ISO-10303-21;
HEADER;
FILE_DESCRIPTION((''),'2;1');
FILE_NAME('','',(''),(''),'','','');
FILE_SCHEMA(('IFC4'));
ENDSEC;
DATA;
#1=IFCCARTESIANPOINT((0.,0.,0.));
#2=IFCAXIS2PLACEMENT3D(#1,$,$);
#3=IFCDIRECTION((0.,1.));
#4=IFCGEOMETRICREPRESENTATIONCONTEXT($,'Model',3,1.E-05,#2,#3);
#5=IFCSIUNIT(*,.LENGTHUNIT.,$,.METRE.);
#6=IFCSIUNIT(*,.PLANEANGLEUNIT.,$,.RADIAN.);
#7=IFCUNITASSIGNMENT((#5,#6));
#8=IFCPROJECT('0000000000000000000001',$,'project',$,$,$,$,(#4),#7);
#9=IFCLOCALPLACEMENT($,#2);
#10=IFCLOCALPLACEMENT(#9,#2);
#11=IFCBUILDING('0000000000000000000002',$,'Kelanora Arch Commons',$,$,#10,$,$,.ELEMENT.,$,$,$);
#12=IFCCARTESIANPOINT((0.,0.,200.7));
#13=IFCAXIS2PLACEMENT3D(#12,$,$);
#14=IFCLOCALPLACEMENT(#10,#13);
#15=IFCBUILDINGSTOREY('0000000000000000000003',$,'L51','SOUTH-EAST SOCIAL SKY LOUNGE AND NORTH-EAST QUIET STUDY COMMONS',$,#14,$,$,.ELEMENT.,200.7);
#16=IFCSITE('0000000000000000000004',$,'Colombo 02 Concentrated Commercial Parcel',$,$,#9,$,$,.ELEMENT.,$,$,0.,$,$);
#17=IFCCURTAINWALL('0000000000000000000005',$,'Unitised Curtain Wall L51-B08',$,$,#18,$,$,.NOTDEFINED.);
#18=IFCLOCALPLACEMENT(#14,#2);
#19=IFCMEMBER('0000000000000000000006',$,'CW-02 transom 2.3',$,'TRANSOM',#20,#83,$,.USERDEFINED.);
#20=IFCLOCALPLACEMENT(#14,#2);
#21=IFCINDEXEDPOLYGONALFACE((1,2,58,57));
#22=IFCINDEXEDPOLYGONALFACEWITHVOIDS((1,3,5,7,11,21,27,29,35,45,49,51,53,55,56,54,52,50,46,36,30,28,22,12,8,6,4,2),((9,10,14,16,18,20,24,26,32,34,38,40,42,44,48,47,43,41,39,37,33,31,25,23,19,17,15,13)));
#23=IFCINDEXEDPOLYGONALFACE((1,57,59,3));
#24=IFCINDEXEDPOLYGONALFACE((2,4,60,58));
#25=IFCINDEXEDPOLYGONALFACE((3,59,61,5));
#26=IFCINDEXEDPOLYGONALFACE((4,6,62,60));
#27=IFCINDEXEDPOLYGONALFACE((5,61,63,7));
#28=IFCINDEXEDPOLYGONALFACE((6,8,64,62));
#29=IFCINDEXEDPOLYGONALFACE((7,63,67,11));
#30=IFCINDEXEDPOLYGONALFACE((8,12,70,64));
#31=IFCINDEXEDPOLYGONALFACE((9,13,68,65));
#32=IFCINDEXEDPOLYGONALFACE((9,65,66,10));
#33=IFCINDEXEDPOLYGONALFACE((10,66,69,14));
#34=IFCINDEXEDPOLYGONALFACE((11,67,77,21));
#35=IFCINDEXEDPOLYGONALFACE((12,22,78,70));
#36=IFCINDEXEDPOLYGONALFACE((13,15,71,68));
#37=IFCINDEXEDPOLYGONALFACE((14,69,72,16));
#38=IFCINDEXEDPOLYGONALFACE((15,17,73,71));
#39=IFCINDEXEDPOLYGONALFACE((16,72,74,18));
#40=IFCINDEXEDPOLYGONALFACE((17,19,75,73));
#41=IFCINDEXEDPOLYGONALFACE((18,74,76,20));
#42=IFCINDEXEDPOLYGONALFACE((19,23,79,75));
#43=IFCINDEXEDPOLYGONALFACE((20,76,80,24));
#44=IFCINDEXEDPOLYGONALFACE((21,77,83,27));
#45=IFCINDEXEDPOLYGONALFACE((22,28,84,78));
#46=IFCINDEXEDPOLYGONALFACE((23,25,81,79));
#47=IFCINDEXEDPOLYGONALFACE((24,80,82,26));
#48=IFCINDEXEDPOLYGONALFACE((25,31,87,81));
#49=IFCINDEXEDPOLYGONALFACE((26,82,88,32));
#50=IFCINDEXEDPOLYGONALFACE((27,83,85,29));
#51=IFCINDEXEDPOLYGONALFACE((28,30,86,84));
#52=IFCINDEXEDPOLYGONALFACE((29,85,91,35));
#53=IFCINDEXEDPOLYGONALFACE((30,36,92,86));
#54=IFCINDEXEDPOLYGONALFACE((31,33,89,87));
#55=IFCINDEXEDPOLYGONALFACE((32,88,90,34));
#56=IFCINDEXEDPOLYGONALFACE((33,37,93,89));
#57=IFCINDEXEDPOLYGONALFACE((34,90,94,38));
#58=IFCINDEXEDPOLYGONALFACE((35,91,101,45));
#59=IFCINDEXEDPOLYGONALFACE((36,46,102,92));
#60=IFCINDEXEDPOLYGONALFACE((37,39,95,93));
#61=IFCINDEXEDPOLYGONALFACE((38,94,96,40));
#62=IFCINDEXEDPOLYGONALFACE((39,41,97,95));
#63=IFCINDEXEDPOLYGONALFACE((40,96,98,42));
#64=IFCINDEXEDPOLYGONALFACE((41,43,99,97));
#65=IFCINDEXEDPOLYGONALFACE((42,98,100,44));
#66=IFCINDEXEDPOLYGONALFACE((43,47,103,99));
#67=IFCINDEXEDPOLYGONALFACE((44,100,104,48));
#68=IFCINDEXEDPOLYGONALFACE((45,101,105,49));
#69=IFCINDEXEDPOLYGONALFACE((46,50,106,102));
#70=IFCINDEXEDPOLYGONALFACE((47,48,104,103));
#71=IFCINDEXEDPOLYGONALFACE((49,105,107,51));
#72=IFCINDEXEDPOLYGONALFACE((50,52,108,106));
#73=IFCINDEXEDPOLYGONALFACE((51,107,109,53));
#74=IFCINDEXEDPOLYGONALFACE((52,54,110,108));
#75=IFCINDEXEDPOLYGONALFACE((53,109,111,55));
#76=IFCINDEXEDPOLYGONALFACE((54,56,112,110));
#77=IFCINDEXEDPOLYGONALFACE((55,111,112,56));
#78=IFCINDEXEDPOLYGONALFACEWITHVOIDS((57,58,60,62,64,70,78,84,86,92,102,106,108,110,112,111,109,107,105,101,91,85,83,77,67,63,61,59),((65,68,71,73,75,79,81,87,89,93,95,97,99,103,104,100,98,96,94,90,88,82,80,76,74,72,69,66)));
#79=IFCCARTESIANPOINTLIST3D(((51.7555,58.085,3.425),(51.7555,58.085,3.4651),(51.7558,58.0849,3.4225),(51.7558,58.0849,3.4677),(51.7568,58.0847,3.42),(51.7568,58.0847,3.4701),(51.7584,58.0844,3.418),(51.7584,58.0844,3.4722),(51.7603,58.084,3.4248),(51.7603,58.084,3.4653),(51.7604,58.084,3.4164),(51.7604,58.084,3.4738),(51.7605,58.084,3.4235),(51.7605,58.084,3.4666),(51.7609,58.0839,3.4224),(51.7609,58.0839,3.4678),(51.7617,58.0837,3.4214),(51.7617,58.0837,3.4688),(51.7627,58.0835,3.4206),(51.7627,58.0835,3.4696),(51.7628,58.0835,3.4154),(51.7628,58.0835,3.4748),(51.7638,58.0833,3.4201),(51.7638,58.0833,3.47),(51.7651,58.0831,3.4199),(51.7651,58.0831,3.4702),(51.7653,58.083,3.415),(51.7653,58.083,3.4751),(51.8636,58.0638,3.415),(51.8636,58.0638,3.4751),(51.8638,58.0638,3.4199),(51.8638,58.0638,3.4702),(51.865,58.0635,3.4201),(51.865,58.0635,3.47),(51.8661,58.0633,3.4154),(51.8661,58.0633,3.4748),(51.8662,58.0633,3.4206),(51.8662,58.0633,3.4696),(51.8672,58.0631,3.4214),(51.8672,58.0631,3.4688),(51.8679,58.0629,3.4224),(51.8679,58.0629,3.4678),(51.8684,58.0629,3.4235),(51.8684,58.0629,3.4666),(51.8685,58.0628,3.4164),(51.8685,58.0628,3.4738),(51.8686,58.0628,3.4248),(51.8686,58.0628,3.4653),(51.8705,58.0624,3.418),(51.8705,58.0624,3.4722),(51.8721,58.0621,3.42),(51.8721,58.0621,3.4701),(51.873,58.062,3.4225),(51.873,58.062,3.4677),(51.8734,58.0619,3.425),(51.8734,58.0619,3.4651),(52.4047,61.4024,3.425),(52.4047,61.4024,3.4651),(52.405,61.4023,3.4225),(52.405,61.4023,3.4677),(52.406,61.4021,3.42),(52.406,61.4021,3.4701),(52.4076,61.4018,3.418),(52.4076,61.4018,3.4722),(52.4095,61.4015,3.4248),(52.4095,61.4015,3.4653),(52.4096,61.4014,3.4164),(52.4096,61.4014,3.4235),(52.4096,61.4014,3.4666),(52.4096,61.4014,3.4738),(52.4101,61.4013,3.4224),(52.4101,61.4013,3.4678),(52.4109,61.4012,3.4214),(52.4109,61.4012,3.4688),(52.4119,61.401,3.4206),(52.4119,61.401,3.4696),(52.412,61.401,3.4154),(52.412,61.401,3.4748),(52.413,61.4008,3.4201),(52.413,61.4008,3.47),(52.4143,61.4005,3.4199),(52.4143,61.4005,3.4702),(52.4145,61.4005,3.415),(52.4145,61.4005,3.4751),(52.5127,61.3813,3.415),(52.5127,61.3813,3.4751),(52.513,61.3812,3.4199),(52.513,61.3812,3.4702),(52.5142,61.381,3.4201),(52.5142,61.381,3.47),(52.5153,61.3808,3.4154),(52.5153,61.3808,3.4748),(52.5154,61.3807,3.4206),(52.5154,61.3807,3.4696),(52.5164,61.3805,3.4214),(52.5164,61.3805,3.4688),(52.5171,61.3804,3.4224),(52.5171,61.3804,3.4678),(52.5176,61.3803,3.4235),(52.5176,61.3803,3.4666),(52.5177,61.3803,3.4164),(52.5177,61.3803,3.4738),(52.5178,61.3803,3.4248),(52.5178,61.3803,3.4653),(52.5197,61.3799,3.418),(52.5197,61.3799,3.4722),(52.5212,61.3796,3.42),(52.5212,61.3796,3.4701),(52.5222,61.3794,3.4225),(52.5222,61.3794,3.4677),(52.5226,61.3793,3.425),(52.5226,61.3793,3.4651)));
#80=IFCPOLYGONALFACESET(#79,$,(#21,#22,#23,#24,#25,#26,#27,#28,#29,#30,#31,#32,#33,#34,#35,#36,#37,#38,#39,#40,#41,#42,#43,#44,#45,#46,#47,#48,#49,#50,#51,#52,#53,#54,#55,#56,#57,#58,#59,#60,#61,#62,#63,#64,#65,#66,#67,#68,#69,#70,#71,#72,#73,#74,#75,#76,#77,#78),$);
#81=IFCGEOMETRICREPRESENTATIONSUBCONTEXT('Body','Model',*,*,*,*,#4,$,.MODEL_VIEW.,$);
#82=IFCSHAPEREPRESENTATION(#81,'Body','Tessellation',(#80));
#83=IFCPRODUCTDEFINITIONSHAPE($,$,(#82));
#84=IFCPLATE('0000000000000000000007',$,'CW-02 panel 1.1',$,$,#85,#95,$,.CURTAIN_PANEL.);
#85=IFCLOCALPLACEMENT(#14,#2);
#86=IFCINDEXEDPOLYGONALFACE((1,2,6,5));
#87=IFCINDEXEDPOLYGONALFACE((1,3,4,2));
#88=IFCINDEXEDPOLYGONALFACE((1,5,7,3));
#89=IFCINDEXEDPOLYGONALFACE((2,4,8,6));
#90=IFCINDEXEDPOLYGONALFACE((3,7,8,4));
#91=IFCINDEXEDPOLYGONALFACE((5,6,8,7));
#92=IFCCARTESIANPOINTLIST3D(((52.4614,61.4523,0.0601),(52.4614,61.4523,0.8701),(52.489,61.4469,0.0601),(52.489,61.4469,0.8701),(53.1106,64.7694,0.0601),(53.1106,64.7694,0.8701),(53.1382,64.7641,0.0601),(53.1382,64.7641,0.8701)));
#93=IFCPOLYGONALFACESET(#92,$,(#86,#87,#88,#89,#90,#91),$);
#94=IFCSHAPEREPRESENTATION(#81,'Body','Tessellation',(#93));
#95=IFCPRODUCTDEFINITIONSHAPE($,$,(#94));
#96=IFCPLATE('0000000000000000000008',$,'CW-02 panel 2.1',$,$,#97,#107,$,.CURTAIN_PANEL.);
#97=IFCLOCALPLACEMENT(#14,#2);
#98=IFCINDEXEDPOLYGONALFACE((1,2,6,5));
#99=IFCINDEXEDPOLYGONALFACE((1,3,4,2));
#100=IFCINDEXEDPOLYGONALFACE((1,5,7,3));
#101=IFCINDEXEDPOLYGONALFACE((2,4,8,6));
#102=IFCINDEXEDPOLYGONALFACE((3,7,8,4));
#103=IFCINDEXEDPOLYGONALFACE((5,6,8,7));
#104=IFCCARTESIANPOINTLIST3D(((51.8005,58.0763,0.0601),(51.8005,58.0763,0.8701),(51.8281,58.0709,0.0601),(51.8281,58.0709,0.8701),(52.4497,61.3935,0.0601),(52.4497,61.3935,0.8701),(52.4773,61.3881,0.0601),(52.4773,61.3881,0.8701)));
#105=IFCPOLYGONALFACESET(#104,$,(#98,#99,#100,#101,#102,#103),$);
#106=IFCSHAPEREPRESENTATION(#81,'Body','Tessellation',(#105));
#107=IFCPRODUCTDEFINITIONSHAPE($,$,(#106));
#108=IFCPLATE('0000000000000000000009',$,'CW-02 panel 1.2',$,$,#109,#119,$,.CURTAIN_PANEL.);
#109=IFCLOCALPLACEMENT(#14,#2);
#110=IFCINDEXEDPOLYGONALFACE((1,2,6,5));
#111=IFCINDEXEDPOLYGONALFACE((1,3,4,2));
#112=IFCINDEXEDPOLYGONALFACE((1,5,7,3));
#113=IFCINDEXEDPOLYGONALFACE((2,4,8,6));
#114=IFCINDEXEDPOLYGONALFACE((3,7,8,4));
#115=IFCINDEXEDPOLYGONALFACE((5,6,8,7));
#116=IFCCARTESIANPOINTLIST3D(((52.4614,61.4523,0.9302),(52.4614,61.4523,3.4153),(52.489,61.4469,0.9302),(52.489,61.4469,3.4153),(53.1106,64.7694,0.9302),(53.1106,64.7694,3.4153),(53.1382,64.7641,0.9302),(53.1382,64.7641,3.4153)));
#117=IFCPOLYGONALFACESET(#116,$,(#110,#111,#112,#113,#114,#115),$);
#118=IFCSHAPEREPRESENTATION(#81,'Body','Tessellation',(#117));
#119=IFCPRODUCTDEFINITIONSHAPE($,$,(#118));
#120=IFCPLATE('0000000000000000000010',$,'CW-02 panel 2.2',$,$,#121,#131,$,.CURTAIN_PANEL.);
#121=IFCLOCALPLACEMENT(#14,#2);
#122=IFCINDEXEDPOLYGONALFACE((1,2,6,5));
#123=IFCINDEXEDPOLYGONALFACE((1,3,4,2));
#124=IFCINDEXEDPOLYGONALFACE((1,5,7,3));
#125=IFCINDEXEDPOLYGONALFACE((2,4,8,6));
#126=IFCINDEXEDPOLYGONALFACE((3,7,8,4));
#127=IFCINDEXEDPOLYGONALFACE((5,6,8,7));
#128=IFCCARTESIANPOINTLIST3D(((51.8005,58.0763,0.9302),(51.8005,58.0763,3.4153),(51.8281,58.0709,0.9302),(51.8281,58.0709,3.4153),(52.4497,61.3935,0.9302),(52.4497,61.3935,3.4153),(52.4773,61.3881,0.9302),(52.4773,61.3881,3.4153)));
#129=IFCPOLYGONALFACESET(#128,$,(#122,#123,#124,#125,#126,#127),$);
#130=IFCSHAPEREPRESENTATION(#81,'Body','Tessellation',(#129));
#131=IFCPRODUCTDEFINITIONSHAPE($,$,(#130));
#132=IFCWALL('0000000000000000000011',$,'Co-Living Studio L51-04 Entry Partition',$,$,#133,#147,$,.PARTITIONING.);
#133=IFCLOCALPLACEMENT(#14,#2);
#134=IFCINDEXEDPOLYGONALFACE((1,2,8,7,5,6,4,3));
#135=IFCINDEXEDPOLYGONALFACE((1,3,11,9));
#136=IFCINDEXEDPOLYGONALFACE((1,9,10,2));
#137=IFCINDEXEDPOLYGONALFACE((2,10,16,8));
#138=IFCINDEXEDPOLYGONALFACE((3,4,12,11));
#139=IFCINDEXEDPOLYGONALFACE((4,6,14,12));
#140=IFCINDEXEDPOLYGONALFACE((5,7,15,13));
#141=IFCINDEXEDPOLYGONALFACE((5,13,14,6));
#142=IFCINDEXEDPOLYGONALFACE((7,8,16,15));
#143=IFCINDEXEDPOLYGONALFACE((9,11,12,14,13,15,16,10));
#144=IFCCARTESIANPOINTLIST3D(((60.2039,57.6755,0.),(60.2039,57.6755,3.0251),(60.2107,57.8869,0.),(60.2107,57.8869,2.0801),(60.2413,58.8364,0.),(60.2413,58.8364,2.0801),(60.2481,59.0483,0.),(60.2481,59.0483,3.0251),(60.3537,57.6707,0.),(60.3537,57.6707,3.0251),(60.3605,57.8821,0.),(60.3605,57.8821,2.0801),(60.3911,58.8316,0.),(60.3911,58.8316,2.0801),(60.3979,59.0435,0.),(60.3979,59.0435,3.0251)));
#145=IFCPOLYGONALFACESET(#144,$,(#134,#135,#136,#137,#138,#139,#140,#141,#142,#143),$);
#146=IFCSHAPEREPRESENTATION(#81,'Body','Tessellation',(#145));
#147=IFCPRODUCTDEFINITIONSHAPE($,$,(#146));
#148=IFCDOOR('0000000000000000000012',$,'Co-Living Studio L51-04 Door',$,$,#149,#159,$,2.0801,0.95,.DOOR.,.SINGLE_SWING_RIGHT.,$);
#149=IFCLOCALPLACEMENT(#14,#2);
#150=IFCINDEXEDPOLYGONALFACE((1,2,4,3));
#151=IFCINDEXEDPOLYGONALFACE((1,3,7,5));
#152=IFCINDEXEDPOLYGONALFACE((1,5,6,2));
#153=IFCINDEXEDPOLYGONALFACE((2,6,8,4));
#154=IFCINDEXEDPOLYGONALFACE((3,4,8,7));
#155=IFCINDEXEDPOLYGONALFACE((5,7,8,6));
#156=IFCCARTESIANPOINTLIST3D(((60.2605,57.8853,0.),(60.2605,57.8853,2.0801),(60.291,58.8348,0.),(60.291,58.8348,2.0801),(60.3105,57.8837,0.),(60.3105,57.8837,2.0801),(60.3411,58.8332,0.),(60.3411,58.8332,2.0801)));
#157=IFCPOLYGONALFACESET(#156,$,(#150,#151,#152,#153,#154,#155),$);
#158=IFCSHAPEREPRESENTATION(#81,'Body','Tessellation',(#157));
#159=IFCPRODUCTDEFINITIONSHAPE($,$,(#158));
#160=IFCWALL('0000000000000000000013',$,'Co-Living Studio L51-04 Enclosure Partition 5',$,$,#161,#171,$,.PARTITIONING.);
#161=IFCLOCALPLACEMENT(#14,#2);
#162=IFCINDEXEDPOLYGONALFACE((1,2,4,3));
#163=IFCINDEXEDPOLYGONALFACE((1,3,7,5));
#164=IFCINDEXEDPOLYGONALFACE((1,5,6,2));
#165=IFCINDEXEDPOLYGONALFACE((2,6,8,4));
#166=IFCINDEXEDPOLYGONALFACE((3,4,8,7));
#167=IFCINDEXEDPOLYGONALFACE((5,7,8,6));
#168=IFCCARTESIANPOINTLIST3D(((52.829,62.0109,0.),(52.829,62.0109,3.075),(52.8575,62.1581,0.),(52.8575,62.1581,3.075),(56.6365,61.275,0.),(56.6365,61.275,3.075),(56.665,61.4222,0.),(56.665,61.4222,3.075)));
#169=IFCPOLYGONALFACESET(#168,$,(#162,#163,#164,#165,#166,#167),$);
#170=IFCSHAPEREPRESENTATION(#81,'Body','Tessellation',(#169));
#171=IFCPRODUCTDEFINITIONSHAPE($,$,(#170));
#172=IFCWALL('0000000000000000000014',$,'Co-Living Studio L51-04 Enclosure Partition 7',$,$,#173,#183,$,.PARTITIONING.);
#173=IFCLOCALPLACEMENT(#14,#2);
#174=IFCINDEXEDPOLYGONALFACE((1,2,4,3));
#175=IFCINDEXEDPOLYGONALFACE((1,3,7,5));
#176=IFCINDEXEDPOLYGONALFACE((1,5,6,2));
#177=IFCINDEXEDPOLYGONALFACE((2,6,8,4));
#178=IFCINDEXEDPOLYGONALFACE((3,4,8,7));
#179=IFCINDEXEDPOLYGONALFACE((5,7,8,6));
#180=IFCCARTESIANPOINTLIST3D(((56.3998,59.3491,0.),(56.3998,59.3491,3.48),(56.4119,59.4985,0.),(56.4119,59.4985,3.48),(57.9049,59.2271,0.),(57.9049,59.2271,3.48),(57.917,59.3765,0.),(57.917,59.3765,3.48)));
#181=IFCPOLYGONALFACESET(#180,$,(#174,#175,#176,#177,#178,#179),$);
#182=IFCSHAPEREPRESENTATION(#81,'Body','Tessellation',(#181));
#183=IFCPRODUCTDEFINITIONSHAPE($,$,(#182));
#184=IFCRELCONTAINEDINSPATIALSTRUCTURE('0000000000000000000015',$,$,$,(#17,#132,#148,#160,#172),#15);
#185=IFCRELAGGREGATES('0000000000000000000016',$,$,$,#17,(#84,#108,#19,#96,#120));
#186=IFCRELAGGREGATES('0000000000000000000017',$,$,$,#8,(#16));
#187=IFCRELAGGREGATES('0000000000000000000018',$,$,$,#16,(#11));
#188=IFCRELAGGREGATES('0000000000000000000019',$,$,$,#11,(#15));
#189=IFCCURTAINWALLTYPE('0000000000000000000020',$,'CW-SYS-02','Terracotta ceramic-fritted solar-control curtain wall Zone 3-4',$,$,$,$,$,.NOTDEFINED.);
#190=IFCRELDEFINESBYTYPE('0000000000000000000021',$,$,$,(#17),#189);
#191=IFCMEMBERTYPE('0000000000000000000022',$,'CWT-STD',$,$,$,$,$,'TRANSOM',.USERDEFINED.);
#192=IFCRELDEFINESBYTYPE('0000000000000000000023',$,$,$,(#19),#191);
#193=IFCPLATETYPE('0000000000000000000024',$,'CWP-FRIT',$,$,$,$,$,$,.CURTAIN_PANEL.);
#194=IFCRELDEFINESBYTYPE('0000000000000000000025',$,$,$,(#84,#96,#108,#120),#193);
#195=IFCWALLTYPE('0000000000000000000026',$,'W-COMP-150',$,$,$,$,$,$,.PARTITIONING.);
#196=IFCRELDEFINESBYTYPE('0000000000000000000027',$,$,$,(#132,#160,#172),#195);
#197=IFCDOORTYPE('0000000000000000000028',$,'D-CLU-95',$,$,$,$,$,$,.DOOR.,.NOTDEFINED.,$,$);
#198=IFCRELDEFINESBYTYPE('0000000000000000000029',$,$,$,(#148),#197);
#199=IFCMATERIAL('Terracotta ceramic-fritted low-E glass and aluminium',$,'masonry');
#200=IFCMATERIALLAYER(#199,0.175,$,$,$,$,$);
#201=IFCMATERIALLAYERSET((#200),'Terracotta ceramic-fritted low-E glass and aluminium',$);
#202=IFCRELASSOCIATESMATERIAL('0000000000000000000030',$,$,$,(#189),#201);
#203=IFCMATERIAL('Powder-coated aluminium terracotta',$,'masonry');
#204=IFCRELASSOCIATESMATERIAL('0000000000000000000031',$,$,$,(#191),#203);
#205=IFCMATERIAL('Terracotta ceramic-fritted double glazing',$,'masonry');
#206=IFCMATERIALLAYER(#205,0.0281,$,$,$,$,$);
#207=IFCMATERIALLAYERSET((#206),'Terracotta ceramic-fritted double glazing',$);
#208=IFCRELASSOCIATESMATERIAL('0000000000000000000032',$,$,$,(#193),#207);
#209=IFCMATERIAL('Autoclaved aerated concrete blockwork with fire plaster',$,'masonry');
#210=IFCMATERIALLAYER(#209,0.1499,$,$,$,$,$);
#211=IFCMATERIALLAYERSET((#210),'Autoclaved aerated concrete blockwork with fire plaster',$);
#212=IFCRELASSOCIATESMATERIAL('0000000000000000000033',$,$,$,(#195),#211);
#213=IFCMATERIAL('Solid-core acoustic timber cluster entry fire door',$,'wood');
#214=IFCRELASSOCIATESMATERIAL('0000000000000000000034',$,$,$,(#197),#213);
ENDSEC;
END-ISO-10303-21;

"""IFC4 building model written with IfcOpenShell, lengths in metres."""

from ifc_helpers import new_model, si_unit, direction, frame, frame_2d, origin, origin_2d, place, context, subcontext, project, spatial, rectangle, hollow_rectangle, extrude, source, transform, mapped, material, layer, layer_set, material_profile, profile_set, type_object, element, fill, aggregate, save


model = new_model("IFC4")

# Units and contexts
model_context = context("Model", 3, precision=1e-05, world=origin(), true_north=direction((0.0, 1.0)))
body_context = subcontext(model_context, "Body", "Model", "MODEL_VIEW")
ifc_project = project(units=[si_unit("LENGTHUNIT", "METRE"), si_unit("PLANEANGLEUNIT", "RADIAN")], contexts=[model_context])

# Site, building, storey
site_placement = place(None, origin())
site = spatial("IfcSite", under=ifc_project, at=site_placement, Name="Colombo 02 Concentrated Commercial Parcel", CompositionType="ELEMENT", RefElevation=0.0)
building_placement = place(site_placement, origin())
building = spatial("IfcBuilding", under=site, at=building_placement, Name="Kelanora Arch Commons", CompositionType="ELEMENT")
storey_placement = place(building_placement, frame((0.0, 0.0, 200.7)))
storey = spatial("IfcBuildingStorey", under=building, at=storey_placement, Name="L51", Description="SOUTH-EAST SOCIAL SKY LOUNGE AND NORTH-EAST QUIET STUDY COMMONS", CompositionType="ELEMENT", Elevation=200.7)

# Curtain wall, member, plates
ifc_material_1 = material(Name="Terracotta ceramic-fritted low-E glass and aluminium", Category="masonry")
ifc_layer_1 = layer(ifc_material_1, 0.175)
ifc_layer_set_1 = layer_set([ifc_layer_1], Name="Terracotta ceramic-fritted low-E glass and aluminium")
curtain_wall_type = type_object("IfcCurtainWallType", Name="CW-SYS-02", Description="Terracotta ceramic-fritted solar-control curtain wall Zone 3-4", PredefinedType="NOTDEFINED", material=ifc_layer_set_1)
curtain_wall_placement = place(storey_placement, origin())
curtain_wall = element("IfcCurtainWall", 1, at=curtain_wall_placement, inside=storey, type_object=curtain_wall_type, Name="Unitised Curtain Wall L51-B08", PredefinedType="NOTDEFINED")
ifc_material_2 = material(Name="Powder-coated aluminium terracotta", Category="masonry")
ifc_material_profile_1 = material_profile(ifc_material_2, hollow_rectangle(XDim=0.1201, YDim=0.0601, WallThickness=0.0049, InnerFilletRadius=0.0049, OuterFilletRadius=0.01, at=origin_2d()), Name="CWT120x60")
ifc_profile_set_1 = profile_set([ifc_material_profile_1], Name="Powder-coated aluminium terracotta")
member_type_1 = type_object("IfcMemberType", Name="CWT-STD", ElementType="TRANSOM", PredefinedType="USERDEFINED", material=ifc_profile_set_1)
member_1_placement = place(storey_placement, frame((52.4636, 61.3909, 3.4451), z_axis=(-0.192045, -0.981386, 0.0), x_axis=(0.981386, -0.192045, 0.0)))
member_1 = element("IfcMember", 2, at=member_1_placement, type_object=member_type_1, Name="CW-02 transom 2.3", ObjectType="TRANSOM", PredefinedType="USERDEFINED", context=body_context, shape_type="SweptSolid", body=[
    extrude(hollow_rectangle(XDim=0.1201, YDim=0.0601, WallThickness=0.0049, InnerFilletRadius=0.0049, OuterFilletRadius=0.01, at=origin_2d()), origin(), (0.0, 0.0, 1.0), 3.3804),
])
ifc_material_3 = material(Name="Terracotta ceramic-fritted double glazing", Category="masonry")
ifc_layer_2 = layer(ifc_material_3, 0.0281)
ifc_layer_set_2 = layer_set([ifc_layer_2], Name="Terracotta ceramic-fritted double glazing")
plate_type = type_object("IfcPlateType", Name="CWP-FRIT", PredefinedType="CURTAIN_PANEL", material=ifc_layer_set_2)
shared_shape_1 = source(origin(), body_context, "Body", "SweptSolid", [
    extrude(rectangle(XDim=3.3801, YDim=0.0281, at=origin_2d()), origin(), (0.0, 0.0, 1.0), 0.8101),
])
plate_1_placement = place(storey_placement, frame((52.7998, 63.1082, 0.0601), z_axis=(0.0, 0.0, 1.0), x_axis=(-0.192069, -0.981381, 0.0)))
plate_1 = element("IfcPlate", 3, at=plate_1_placement, type_object=plate_type, Name="CW-02 panel 1.1", PredefinedType="CURTAIN_PANEL", context=body_context, shape_type="MappedRepresentation", body=[
    mapped(shared_shape_1, transform((0.0, 0.0, 0.0), scale=1.0)),
])
plate_2_placement = place(storey_placement, frame((52.1389, 59.7322, 0.0601), z_axis=(0.0, 0.0, 1.0), x_axis=(-0.192069, -0.981381, 0.0)))
plate_2 = element("IfcPlate", 4, at=plate_2_placement, type_object=plate_type, Name="CW-02 panel 2.1", PredefinedType="CURTAIN_PANEL", context=body_context, shape_type="MappedRepresentation", body=[
    mapped(shared_shape_1, transform((0.0, 0.0, 0.0), scale=1.0)),
])
shared_shape_2 = source(origin(), body_context, "Body", "SweptSolid", [
    extrude(rectangle(XDim=3.3801, YDim=0.0281, at=origin_2d()), origin(), (0.0, 0.0, 1.0), 2.4851),
])
plate_3_placement = place(storey_placement, frame((52.7998, 63.1082, 0.9302), z_axis=(0.0, 0.0, 1.0), x_axis=(-0.192069, -0.981381, 0.0)))
plate_3 = element("IfcPlate", 5, at=plate_3_placement, type_object=plate_type, Name="CW-02 panel 1.2", PredefinedType="CURTAIN_PANEL", context=body_context, shape_type="MappedRepresentation", body=[
    mapped(shared_shape_2, transform((0.0, 0.0, 0.0), scale=1.0)),
])
plate_4_placement = place(storey_placement, frame((52.1389, 59.7322, 0.9302), z_axis=(0.0, 0.0, 1.0), x_axis=(-0.192069, -0.981381, 0.0)))
plate_4 = element("IfcPlate", 6, at=plate_4_placement, type_object=plate_type, Name="CW-02 panel 2.2", PredefinedType="CURTAIN_PANEL", context=body_context, shape_type="MappedRepresentation", body=[
    mapped(shared_shape_2, transform((0.0, 0.0, 0.0), scale=1.0)),
])
aggregate(curtain_wall, [plate_1, plate_3, member_1, plate_2, plate_4])

# Wall, opening, door
ifc_material_4 = material(Name="Autoclaved aerated concrete blockwork with fire plaster", Category="masonry")
ifc_layer_3 = layer(ifc_material_4, 0.1499)
ifc_layer_set_3 = layer_set([ifc_layer_3], Name="Autoclaved aerated concrete blockwork with fire plaster")
wall_type_1 = type_object("IfcWallType", Name="W-COMP-150", PredefinedType="PARTITIONING", material=ifc_layer_set_3)
wall_1_placement = place(storey_placement, frame((60.323, 59.0459, 0.0), z_axis=(0.0, 0.0, 1.0), x_axis=(-0.032173, -0.999482, 0.0)))
wall_1 = element("IfcWall", 7, at=wall_1_placement, inside=storey, type_object=wall_type_1, Name="Co-Living Studio L51-04 Entry Partition", PredefinedType="PARTITIONING", context=body_context, shape_type="SweptSolid", body=[
    extrude(rectangle(XDim=1.3735, YDim=0.1499, at=frame_2d((0.6868, 0.0))), origin(), (0.0, 0.0, 1.0), 3.0251),
])
opening_1_placement = place(wall_1_placement, frame((0.2119, 0.0, 0.0)))
opening_1 = element("IfcOpeningElement", 8, at=opening_1_placement, cuts=wall_1, PredefinedType="OPENING", context=body_context, shape_type="SweptSolid", body=[
    extrude(rectangle(XDim=0.95, YDim=2.0801, at=frame_2d((0.4751, 1.04))), frame((0.0, 0.085, 0.0), z_axis=(0.0, -1.0, 0.0), x_axis=(1.0, 0.0, 0.0)), (0.0, 0.0, 1.0), 0.1699),
])
ifc_material_5 = material(Name="Solid-core acoustic timber cluster entry fire door", Category="wood")
door_type_1 = type_object("IfcDoorType", Name="D-CLU-95", OperationType="NOTDEFINED", PredefinedType="DOOR", material=ifc_material_5)
door_1_placement = place(opening_1_placement, origin())
door_1 = element("IfcDoor", 9, at=door_1_placement, inside=storey, type_object=door_type_1, Name="Co-Living Studio L51-04 Door", OperationType="SINGLE_SWING_RIGHT", OverallHeight=2.0801, OverallWidth=0.95, PredefinedType="DOOR", context=body_context, shape_type="SweptSolid", body=[
    extrude(rectangle(XDim=0.95, YDim=2.0801, at=frame_2d((0.4751, 1.04))), frame((0.0, 0.0249, 0.0), z_axis=(0.0, -1.0, 0.0), x_axis=(1.0, 0.0, 0.0)), (0.0, 0.0, 1.0), 0.05),
])
fill(opening_1, door_1)

# Walls
wall_2_placement = place(storey_placement, frame((52.8433, 62.0845, 0.0), z_axis=(0.0, 0.0, 1.0), x_axis=(0.981831, -0.189756, 0.0)))
element("IfcWall", 10, at=wall_2_placement, inside=storey, type_object=wall_type_1, Name="Co-Living Studio L51-04 Enclosure Partition 5", PredefinedType="PARTITIONING", context=body_context, shape_type="SweptSolid", body=[
    extrude(rectangle(XDim=3.8779, YDim=0.1499, at=frame_2d((1.939, 0.0))), origin(), (0.0, 0.0, 1.0), 3.075),
])
wall_3_placement = place(storey_placement, frame((56.406, 59.4238, 0.0), z_axis=(0.0, 0.0, 1.0), x_axis=(0.996727, -0.080838, 0.0)))
element("IfcWall", 11, at=wall_3_placement, inside=storey, type_object=wall_type_1, Name="Co-Living Studio L51-04 Enclosure Partition 7", PredefinedType="PARTITIONING", context=body_context, shape_type="SweptSolid", body=[
    extrude(rectangle(XDim=1.51, YDim=0.1499, at=frame_2d((0.7549, 0.0))), origin(), (0.0, 0.0, 1.0), 3.48),
])

save(model, "model.ifc")
